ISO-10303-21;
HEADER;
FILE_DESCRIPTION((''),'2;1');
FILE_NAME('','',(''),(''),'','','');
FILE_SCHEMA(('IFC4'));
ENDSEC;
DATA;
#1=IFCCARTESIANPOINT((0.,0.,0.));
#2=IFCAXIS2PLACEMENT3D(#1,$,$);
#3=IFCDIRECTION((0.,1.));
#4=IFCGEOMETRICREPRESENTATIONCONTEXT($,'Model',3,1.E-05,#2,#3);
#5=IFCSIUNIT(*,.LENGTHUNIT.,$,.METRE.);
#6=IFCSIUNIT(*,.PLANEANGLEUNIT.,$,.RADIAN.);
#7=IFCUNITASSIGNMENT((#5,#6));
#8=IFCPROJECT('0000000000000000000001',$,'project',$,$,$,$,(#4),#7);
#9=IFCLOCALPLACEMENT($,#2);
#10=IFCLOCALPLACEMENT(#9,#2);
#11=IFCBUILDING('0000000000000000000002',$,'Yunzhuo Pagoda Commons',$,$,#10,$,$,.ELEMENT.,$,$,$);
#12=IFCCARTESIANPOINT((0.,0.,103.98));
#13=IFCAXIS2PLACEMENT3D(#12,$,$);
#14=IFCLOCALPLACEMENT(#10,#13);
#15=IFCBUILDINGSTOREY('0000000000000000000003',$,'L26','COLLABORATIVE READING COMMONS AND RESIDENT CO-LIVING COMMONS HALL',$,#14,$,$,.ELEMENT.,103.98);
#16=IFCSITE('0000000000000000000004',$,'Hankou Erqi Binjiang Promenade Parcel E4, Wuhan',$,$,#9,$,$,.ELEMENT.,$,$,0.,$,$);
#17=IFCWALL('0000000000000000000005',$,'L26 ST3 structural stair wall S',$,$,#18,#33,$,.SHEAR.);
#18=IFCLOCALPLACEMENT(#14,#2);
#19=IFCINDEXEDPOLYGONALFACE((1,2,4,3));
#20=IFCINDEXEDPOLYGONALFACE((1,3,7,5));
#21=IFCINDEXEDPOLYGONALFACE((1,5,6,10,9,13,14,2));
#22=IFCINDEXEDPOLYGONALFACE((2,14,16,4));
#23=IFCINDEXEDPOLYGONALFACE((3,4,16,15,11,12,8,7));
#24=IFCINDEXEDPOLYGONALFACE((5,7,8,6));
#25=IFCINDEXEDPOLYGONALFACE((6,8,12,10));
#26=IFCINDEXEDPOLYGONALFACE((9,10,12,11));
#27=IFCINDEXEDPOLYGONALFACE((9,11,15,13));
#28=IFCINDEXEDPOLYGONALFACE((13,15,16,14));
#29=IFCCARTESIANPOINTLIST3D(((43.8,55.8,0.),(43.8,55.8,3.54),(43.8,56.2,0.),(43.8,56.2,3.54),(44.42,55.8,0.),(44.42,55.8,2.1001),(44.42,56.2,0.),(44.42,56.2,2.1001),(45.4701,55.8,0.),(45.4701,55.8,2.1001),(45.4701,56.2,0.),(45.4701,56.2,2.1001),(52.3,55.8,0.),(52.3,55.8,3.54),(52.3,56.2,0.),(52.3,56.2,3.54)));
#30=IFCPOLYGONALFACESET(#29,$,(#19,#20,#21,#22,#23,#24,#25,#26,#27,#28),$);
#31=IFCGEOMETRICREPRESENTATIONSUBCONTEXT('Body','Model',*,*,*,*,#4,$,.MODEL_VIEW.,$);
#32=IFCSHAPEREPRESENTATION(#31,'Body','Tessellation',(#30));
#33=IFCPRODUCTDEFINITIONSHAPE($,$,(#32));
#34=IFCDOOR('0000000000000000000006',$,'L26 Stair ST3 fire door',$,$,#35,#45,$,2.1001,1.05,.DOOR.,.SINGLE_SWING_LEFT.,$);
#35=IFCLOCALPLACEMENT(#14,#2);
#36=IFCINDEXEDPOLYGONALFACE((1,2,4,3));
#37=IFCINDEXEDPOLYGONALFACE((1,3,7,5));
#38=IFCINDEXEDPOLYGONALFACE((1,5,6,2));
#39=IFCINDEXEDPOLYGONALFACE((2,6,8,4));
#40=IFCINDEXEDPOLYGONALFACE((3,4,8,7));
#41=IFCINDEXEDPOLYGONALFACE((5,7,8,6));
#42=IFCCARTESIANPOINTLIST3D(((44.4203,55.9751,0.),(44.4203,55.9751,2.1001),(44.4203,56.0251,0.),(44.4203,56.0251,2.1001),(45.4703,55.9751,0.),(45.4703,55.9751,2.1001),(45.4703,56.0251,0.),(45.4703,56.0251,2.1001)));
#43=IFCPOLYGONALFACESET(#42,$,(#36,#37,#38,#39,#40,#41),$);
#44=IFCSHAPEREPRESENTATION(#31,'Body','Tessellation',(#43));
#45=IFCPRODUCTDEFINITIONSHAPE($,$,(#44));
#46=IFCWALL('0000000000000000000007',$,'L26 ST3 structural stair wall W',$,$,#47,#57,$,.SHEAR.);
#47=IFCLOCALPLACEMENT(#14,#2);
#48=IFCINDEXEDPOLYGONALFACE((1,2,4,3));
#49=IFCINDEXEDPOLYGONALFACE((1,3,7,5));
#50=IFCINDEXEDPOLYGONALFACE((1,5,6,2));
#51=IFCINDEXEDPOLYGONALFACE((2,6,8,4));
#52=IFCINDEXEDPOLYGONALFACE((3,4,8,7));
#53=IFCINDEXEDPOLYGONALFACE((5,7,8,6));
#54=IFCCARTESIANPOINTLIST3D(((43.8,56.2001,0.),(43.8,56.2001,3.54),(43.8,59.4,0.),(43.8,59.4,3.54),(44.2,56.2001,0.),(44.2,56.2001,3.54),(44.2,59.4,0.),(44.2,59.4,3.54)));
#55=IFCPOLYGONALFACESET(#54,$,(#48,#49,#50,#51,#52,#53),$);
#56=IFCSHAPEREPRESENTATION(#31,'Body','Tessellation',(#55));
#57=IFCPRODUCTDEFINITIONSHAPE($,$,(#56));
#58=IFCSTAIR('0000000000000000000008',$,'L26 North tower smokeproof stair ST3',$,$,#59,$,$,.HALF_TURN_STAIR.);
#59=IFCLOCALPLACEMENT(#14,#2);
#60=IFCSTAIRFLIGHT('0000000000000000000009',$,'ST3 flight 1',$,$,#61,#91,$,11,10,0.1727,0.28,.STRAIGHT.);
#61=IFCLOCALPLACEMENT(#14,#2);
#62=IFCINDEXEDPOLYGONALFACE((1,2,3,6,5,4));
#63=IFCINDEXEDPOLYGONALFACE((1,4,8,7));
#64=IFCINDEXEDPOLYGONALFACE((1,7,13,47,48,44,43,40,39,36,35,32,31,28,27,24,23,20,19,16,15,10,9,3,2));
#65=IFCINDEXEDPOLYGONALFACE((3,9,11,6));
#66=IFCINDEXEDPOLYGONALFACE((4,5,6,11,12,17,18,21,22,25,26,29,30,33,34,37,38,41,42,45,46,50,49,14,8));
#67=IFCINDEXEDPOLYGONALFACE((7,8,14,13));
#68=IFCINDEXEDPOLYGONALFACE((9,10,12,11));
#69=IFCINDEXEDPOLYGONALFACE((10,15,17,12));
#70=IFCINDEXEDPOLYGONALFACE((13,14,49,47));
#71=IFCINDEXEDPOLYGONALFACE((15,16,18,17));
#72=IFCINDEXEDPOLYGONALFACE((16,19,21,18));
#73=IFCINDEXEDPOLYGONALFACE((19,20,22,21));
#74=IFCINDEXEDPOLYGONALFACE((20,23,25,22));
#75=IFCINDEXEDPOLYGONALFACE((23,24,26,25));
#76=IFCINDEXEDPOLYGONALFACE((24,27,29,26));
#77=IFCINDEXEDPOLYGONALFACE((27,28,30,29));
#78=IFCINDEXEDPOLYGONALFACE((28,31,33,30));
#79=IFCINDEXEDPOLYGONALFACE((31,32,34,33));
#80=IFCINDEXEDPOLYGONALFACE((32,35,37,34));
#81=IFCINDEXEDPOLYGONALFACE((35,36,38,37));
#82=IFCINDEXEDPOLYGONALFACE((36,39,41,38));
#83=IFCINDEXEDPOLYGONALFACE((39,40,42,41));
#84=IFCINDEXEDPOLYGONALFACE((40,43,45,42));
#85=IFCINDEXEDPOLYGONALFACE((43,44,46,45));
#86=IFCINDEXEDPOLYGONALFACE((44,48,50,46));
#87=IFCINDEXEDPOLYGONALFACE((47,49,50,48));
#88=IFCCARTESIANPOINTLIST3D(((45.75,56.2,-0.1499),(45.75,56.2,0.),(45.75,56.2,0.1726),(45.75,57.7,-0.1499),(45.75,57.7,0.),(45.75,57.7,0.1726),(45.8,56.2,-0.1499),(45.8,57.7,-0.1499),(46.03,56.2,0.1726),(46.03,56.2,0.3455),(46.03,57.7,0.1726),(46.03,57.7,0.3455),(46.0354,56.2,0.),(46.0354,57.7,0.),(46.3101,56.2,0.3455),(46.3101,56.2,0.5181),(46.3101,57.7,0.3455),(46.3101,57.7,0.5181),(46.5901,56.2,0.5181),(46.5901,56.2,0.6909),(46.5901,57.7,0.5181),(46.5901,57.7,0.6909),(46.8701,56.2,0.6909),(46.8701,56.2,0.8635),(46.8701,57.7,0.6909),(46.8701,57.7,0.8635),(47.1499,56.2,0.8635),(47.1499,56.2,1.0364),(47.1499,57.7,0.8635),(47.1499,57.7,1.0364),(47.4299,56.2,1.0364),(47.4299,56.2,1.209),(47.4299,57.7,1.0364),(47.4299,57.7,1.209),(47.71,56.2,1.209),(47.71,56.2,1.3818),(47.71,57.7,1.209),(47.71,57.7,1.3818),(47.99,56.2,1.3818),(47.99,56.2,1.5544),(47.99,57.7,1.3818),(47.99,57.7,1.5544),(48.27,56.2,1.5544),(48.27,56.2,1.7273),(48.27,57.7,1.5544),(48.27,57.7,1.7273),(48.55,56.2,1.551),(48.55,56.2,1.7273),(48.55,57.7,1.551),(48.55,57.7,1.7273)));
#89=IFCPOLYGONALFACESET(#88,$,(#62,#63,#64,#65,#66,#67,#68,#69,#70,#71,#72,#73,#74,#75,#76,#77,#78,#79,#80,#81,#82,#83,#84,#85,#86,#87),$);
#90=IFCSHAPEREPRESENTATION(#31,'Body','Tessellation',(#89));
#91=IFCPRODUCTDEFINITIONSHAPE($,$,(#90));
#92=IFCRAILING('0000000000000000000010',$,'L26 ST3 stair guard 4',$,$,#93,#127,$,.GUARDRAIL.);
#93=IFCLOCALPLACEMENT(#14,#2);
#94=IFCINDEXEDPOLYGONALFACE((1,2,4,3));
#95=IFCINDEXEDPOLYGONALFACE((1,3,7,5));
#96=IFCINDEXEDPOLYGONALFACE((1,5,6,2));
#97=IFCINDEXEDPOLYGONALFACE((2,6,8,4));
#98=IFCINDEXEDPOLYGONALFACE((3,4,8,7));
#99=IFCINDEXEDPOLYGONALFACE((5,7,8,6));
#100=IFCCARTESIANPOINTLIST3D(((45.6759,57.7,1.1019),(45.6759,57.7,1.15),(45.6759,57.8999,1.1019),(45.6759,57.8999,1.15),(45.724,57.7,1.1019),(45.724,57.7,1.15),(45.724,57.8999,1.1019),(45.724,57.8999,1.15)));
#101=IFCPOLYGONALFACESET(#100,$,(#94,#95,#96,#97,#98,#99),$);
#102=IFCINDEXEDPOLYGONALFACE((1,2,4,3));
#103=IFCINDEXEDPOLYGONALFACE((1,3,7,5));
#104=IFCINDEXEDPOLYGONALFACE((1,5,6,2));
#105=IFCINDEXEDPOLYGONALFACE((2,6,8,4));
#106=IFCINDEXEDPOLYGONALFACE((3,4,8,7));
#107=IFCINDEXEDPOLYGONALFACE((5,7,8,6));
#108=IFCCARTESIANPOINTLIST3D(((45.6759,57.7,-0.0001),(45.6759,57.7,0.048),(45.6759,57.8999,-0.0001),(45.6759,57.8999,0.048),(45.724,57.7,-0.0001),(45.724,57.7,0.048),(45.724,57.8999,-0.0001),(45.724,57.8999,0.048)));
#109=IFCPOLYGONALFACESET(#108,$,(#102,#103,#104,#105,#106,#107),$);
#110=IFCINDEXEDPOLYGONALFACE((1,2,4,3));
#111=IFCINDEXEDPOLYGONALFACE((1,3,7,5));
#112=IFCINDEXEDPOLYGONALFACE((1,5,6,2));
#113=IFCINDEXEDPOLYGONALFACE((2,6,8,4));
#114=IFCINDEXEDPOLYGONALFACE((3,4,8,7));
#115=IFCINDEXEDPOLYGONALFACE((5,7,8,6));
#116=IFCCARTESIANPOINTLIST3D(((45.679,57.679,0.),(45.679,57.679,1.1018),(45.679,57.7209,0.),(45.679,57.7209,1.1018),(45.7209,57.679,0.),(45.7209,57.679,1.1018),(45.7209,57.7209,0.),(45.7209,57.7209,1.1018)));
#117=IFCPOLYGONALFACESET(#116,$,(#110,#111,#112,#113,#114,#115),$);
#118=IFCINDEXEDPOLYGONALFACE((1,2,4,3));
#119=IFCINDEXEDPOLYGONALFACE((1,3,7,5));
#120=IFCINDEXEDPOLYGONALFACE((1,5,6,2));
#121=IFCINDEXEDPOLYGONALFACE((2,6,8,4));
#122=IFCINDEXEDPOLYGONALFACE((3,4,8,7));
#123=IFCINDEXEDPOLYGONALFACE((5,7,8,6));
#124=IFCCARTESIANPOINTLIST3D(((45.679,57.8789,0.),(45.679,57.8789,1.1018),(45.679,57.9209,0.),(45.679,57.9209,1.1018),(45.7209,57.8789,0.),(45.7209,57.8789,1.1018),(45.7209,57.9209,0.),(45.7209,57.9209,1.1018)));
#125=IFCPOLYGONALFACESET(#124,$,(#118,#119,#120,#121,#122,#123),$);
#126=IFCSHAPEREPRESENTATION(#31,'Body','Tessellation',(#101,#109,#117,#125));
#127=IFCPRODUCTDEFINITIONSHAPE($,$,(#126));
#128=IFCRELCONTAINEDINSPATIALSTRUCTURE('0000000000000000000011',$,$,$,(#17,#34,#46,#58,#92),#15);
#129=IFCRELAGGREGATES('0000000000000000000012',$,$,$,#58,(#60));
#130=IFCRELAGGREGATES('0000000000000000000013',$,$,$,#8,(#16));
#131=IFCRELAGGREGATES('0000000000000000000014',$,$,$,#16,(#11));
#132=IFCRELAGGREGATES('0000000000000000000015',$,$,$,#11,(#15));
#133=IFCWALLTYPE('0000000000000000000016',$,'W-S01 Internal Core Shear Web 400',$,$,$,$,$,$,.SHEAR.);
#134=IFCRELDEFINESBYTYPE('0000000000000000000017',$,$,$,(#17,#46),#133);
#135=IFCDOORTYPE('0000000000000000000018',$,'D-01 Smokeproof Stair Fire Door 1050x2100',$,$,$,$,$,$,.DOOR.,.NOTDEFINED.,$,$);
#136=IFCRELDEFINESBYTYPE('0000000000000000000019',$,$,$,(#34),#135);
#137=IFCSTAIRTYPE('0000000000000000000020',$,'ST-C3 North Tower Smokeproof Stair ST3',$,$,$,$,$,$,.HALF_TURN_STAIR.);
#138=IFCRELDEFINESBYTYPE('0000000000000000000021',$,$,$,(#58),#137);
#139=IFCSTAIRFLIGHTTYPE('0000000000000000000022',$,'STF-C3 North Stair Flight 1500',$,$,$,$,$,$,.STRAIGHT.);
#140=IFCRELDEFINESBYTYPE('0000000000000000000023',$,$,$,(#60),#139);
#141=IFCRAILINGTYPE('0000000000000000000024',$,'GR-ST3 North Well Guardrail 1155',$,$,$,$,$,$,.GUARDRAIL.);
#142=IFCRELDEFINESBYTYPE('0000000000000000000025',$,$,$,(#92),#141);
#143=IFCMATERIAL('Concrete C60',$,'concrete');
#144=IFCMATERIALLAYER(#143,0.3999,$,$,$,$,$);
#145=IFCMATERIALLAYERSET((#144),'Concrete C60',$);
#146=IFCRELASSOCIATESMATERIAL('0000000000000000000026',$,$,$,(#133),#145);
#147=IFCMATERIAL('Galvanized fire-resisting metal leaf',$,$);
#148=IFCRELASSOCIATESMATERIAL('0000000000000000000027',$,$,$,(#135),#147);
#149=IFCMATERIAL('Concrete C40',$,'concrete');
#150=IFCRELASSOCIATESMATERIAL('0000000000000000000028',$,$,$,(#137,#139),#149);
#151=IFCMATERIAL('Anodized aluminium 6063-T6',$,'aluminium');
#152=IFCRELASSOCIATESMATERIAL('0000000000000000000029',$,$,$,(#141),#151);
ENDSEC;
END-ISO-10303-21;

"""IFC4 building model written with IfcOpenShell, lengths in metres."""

from ifc_helpers import new_model, si_unit, direction, frame, frame_2d, origin, origin_2d, place, context, subcontext, project, spatial, polyline, rectangle, outline, extrude, source, transform, mapped, material, layer, layer_set, type_object, element, fill, aggregate, save


model = new_model("IFC4")

# Units and contexts
model_context = context("Model", 3, precision=1e-05, world=origin(), true_north=direction((0.0, 1.0)))
body_context = subcontext(model_context, "Body", "Model", "MODEL_VIEW")
ifc_project = project(units=[si_unit("LENGTHUNIT", "METRE"), si_unit("PLANEANGLEUNIT", "RADIAN")], contexts=[model_context])

# Site, building, storey
site_placement = place(None, origin())
site = spatial("IfcSite", under=ifc_project, at=site_placement, Name="Hankou Erqi Binjiang Promenade Parcel E4, Wuhan", CompositionType="ELEMENT", RefElevation=0.0)
building_placement = place(site_placement, origin())
building = spatial("IfcBuilding", under=site, at=building_placement, Name="Yunzhuo Pagoda Commons", CompositionType="ELEMENT")
storey_placement = place(building_placement, frame((0.0, 0.0, 103.98)))
storey = spatial("IfcBuildingStorey", under=building, at=storey_placement, Name="L26", Description="COLLABORATIVE READING COMMONS AND RESIDENT CO-LIVING COMMONS HALL", CompositionType="ELEMENT", Elevation=103.98)

# Shared definitions
ifc_material_1 = material(Name="Anodized aluminium 6063-T6", Category="aluminium")

# Shared definitions
ifc_material_2 = material(Name="Concrete C60", Category="concrete")
ifc_layer_1 = layer(ifc_material_2, 0.3999)
ifc_layer_set_1 = layer_set([ifc_layer_1], Name="Concrete C60")
wall_type_1 = type_object("IfcWallType", Name="W-S01 Internal Core Shear Web 400", PredefinedType="SHEAR", material=ifc_layer_set_1)

# Wall, opening, door
wall_1_placement = place(storey_placement, frame((43.8, 56.0, 0.0), z_axis=(0.0, 0.0, 1.0), x_axis=(1.0, 0.0, 0.0)))
wall_1 = element("IfcWall", 1, at=wall_1_placement, inside=storey, type_object=wall_type_1, Name="L26 ST3 structural stair wall S", PredefinedType="SHEAR", context=body_context, shape_type="SweptSolid", body=[
    extrude(rectangle(XDim=8.5, YDim=0.3999, at=frame_2d((4.25, 0.0))), origin(), (0.0, 0.0, 1.0), 3.54),
])
opening_placement = place(wall_1_placement, frame((0.6201, 0.0, 0.0)))
opening = element("IfcOpeningElement", 2, at=opening_placement, cuts=wall_1, PredefinedType="OPENING", context=body_context, shape_type="SweptSolid", body=[
    extrude(rectangle(XDim=1.05, YDim=2.1001, at=frame_2d((0.5249, 1.05))), frame((0.0, 0.21, 0.0), z_axis=(0.0, -1.0, 0.0), x_axis=(1.0, 0.0, 0.0)), (0.0, 0.0, 1.0), 0.4199),
])
ifc_material_3 = material(Name="Galvanized fire-resisting metal leaf")
door_type = type_object("IfcDoorType", Name="D-01 Smokeproof Stair Fire Door 1050x2100", OperationType="NOTDEFINED", PredefinedType="DOOR", material=ifc_material_3)
shared_shape_1 = source(origin(), body_context, "Body", "SweptSolid", [
    extrude(rectangle(XDim=1.05, YDim=2.1001, at=frame_2d((0.5249, 1.05))), frame((0.0, 0.0249, 0.0), z_axis=(0.0, -1.0, 0.0), x_axis=(1.0, 0.0, 0.0)), (0.0, 0.0, 1.0), 0.05),
])
door_placement = place(opening_placement, frame((1.05, 0.0, 0.0), z_axis=(0.0, 0.0, 1.0), x_axis=(-1.0, 0.0, 0.0)))
door = element("IfcDoor", 3, at=door_placement, inside=storey, type_object=door_type, Name="L26 Stair ST3 fire door", OperationType="SINGLE_SWING_LEFT", OverallHeight=2.1001, OverallWidth=1.05, PredefinedType="DOOR", context=body_context, shape_type="MappedRepresentation", body=[
    mapped(shared_shape_1, transform((0.0, 0.0, 0.0), scale=1.0)),
])
fill(opening, door)

# Wall
wall_2_placement = place(storey_placement, frame((44.0, 56.2, 0.0), z_axis=(0.0, 0.0, 1.0), x_axis=(0.0, 1.0, 0.0)))
element("IfcWall", 4, at=wall_2_placement, inside=storey, type_object=wall_type_1, Name="L26 ST3 structural stair wall W", PredefinedType="SHEAR", context=body_context, shape_type="SweptSolid", body=[
    extrude(rectangle(XDim=3.2, YDim=0.3999, at=frame_2d((1.6001, 0.0))), origin(), (0.0, 0.0, 1.0), 3.54),
])

# Stair, stair flight
ifc_material_4 = material(Name="Concrete C40", Category="concrete")
stair_type = type_object("IfcStairType", Name="ST-C3 North Tower Smokeproof Stair ST3", PredefinedType="HALF_TURN_STAIR", material=ifc_material_4)
stair_placement = place(storey_placement, origin())
stair = element("IfcStair", 5, at=stair_placement, inside=storey, type_object=stair_type, Name="L26 North tower smokeproof stair ST3", PredefinedType="HALF_TURN_STAIR")
stair_flight_type = type_object("IfcStairFlightType", Name="STF-C3 North Stair Flight 1500", PredefinedType="STRAIGHT", material=ifc_material_4)
shared_shape_2 = source(origin(), body_context, "Body", "SweptSolid", [
    extrude(outline(polyline([(0.0, -0.1499), (0.0, 0.0), (0.0, 0.1726), (0.28, 0.1726), (0.28, 0.3455), (0.5601, 0.3455), (0.5601, 0.5181), (0.8401, 0.5181), (0.8401, 0.6909), (1.1201, 0.6909), (1.1201, 0.8635), (1.3999, 0.8635), (1.3999, 1.0364), (1.6799, 1.0364), (1.6799, 1.209), (1.96, 1.209), (1.96, 1.3818), (2.24, 1.3818), (2.24, 1.5544), (2.52, 1.5544), (2.52, 1.7273), (2.8, 1.7273), (2.8, 1.8999), (2.8, 1.551), (0.2854, 0.0), (0.05, -0.1499), (0.0, -0.1499)])), frame((0.0, 0.75, 0.0), z_axis=(0.0, -1.0, 0.0), x_axis=(1.0, 0.0, 0.0)), (0.0, 0.0, 1.0), 1.5),
])
stair_flight_placement = place(storey_placement, frame((45.75, 56.95, 0.0), z_axis=(0.0, 0.0, 1.0), x_axis=(1.0, 0.0, 0.0)))
stair_flight = element("IfcStairFlight", 6, at=stair_flight_placement, type_object=stair_flight_type, Name="ST3 flight 1", NumberOfRisers=11, NumberOfTreads=10, PredefinedType="STRAIGHT", RiserHeight=0.1727, TreadLength=0.28, context=body_context, shape_type="MappedRepresentation", body=[
    mapped(shared_shape_2, transform((0.0, 0.0, 0.0), scale=1.0)),
])
aggregate(stair, [stair_flight])

# Railing
railing_type = type_object("IfcRailingType", Name="GR-ST3 North Well Guardrail 1155", PredefinedType="GUARDRAIL", material=ifc_material_1)
railing_placement = place(storey_placement, frame((45.7, 57.7, 0.0)))
element("IfcRailing", 7, at=railing_placement, inside=storey, type_object=railing_type, Name="L26 ST3 stair guard 4", PredefinedType="GUARDRAIL", context=body_context, shape_type="SweptSolid", body=[
    extrude(rectangle(XDim=0.0481, YDim=0.0481, at=origin_2d()), frame((0.0, 0.0, 1.126), z_axis=(0.0, 1.0, 0.0), x_axis=(-1.0, 0.0, 0.0)), (0.0, 0.0, 1.0), 0.2),
    extrude(rectangle(XDim=0.0481, YDim=0.0481, at=origin_2d()), frame((0.0, 0.0, 0.0239), z_axis=(0.0, 1.0, 0.0), x_axis=(-1.0, 0.0, 0.0)), (0.0, 0.0, 1.0), 0.2),
    extrude(rectangle(XDim=0.042, YDim=0.042, at=origin_2d()), origin(), (0.0, 0.0, 1.0), 1.1018),
    extrude(rectangle(XDim=0.042, YDim=0.042, at=origin_2d()), frame((0.0, 0.2, 0.0)), (0.0, 0.0, 1.0), 1.1018),
])

save(model, "model.ifc")
